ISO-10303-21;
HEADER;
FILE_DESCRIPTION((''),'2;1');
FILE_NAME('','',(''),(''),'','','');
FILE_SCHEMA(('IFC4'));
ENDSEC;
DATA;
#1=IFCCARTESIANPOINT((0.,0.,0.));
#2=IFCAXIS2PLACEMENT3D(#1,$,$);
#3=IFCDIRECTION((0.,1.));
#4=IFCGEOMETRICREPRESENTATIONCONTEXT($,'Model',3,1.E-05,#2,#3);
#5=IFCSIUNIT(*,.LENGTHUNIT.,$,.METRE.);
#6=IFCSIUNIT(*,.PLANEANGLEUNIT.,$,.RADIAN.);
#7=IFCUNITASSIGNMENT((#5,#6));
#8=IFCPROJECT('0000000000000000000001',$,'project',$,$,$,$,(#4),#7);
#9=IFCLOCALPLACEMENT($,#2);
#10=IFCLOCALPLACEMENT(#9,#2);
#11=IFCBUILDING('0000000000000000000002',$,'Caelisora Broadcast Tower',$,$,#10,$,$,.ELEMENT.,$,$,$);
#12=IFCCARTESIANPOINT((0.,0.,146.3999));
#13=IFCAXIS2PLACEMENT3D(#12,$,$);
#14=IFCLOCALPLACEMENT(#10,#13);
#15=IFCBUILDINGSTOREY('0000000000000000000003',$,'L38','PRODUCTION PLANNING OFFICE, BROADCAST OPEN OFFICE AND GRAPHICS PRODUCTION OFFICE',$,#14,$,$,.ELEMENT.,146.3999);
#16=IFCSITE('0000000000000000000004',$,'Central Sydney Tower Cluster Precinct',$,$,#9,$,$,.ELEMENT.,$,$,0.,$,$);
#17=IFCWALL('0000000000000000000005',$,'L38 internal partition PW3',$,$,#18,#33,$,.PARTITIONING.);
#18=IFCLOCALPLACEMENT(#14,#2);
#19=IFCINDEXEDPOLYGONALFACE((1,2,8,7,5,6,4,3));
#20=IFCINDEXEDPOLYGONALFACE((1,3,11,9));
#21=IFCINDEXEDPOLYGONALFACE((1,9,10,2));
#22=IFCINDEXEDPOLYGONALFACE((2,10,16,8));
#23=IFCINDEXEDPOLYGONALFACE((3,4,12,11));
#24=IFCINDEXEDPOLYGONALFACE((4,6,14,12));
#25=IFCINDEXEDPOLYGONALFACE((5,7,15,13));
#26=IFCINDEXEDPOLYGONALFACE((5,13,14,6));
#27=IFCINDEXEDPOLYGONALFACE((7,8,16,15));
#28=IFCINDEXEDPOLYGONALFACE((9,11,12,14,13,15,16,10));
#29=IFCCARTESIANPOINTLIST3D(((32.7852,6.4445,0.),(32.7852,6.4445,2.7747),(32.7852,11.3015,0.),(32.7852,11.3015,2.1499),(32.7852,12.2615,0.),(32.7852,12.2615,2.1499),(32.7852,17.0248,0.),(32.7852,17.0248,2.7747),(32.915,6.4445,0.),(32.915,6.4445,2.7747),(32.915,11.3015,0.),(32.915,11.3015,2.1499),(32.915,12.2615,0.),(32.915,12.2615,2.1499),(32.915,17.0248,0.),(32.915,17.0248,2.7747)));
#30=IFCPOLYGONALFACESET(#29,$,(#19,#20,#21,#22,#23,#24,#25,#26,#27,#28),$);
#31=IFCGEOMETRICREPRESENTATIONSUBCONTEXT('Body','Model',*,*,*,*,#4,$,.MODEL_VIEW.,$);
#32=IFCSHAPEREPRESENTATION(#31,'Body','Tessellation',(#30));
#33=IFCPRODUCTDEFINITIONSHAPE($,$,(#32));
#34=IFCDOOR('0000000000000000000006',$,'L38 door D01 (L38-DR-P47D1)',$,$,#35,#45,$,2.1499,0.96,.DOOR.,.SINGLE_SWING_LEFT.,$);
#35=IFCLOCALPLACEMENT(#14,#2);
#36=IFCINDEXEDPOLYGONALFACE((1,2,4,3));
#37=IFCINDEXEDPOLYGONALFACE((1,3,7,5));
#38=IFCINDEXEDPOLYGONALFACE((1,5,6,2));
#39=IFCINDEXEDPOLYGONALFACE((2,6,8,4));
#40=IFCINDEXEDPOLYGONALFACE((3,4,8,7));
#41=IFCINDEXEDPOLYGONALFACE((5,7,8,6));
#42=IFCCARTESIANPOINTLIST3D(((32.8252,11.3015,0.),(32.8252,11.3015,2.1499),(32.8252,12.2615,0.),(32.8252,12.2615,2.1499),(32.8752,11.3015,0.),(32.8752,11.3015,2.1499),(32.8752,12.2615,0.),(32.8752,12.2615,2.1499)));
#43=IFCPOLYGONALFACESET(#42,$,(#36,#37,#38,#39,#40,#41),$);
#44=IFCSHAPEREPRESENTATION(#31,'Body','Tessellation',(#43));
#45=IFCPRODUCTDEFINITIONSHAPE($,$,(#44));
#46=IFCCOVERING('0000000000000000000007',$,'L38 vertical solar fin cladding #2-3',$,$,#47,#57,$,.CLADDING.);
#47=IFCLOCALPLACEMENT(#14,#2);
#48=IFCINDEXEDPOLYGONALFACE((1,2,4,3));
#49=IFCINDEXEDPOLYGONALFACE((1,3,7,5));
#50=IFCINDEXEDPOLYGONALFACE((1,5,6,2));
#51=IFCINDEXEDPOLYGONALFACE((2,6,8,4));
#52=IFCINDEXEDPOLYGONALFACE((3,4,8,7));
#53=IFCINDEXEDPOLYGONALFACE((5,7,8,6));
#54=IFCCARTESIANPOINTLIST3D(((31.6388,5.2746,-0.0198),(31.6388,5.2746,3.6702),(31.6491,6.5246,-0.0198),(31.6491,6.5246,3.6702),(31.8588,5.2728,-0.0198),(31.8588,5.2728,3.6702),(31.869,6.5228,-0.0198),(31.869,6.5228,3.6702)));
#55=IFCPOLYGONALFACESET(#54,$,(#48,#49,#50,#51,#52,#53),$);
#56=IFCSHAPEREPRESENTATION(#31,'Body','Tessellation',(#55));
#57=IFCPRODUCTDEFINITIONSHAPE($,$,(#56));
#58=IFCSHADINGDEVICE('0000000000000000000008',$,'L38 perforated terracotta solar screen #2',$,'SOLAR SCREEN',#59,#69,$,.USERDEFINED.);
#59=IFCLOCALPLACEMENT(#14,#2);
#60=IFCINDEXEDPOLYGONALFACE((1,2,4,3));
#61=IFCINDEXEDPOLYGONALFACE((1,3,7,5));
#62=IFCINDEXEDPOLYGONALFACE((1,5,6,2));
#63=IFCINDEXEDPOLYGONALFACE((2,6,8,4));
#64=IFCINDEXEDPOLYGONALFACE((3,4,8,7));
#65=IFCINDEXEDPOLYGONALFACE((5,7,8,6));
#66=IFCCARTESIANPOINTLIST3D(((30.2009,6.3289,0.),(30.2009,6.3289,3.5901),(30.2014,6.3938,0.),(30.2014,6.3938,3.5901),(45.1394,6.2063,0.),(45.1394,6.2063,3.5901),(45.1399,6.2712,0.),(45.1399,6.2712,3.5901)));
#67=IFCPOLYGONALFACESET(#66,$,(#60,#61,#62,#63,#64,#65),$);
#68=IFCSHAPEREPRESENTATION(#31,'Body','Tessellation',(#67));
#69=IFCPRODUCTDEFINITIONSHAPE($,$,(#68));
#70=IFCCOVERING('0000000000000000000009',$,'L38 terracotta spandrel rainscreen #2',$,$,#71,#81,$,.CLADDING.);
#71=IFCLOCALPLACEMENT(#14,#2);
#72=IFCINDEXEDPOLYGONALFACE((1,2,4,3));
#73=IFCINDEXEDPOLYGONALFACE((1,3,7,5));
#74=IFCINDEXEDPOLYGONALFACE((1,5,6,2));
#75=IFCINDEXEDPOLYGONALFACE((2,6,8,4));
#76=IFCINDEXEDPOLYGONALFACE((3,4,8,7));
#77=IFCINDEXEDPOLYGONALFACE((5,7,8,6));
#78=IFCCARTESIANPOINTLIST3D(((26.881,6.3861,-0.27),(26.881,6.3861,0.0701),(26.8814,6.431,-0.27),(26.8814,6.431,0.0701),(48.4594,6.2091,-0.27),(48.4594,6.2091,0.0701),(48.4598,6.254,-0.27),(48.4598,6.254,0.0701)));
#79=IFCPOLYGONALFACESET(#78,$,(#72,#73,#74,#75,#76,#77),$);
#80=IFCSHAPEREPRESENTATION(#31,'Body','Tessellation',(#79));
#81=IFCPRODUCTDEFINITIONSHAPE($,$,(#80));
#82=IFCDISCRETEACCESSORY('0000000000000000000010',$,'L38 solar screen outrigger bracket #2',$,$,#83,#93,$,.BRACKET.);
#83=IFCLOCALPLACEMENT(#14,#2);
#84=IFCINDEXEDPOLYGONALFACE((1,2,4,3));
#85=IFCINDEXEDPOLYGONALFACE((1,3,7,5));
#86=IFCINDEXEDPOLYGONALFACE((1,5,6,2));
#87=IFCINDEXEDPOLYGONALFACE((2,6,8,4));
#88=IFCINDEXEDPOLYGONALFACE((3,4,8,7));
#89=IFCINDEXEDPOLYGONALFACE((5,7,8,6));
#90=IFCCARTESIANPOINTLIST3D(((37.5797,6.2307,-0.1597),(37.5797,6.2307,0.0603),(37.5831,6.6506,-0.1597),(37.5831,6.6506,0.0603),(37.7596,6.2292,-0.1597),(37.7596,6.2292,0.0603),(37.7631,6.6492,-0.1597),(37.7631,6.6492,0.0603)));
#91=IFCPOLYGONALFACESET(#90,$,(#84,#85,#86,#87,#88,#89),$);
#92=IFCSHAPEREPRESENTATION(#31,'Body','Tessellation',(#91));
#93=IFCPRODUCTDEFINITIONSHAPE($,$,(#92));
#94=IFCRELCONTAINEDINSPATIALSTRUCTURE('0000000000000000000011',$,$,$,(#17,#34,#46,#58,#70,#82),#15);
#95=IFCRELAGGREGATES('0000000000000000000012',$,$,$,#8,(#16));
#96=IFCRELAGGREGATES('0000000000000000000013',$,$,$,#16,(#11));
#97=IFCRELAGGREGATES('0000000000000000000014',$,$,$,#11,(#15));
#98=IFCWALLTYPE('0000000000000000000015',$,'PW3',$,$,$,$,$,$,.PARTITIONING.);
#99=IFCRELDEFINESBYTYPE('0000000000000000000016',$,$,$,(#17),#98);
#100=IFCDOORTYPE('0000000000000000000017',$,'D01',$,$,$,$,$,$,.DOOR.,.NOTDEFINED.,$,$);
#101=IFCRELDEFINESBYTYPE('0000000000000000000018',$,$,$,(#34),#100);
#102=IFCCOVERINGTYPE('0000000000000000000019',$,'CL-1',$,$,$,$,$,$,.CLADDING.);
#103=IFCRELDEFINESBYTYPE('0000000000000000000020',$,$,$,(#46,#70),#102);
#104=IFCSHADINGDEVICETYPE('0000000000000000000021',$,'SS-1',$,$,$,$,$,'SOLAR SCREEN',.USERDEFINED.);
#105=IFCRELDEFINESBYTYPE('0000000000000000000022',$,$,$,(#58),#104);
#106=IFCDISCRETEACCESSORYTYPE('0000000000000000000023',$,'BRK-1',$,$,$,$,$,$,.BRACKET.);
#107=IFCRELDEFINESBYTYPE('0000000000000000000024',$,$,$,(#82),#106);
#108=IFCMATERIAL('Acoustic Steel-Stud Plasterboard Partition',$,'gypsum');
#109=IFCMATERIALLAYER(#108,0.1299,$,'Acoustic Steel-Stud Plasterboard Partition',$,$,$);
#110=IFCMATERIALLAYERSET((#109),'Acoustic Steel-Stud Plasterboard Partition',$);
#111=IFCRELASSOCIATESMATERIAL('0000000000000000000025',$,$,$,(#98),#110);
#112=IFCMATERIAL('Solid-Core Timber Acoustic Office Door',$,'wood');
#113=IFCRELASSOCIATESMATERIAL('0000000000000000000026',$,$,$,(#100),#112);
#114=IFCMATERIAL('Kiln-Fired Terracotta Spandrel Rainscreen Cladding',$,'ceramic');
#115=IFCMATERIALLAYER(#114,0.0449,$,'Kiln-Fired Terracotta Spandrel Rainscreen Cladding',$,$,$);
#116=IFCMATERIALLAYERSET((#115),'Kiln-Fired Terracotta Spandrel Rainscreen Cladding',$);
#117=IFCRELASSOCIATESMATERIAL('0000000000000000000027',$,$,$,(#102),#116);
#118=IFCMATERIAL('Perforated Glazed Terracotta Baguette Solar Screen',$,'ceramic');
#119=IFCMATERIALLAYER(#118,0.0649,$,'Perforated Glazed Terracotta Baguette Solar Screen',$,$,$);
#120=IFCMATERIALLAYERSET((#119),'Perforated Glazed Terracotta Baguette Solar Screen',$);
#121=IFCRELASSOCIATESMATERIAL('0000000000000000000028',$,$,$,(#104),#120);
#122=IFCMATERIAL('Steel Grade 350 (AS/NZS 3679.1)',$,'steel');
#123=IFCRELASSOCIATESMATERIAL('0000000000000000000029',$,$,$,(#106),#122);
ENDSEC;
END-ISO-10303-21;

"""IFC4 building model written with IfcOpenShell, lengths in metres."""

from ifc_helpers import new_model, si_unit, direction, frame, frame_2d, origin, origin_2d, place, context, subcontext, project, spatial, rectangle, extrude, source, transform, mapped, material, layer, layer_set, type_object, type_shapes, element, fill, save


model = new_model("IFC4")

# Units and contexts
model_context = context("Model", 3, precision=1e-05, world=origin(), true_north=direction((0.0, 1.0)))
body_context = subcontext(model_context, "Body", "Model", "MODEL_VIEW")
ifc_project = project(units=[si_unit("LENGTHUNIT", "METRE"), si_unit("PLANEANGLEUNIT", "RADIAN")], contexts=[model_context])

# Site, building, storey
site_placement = place(None, origin())
site = spatial("IfcSite", under=ifc_project, at=site_placement, Name="Central Sydney Tower Cluster Precinct", CompositionType="ELEMENT", RefElevation=0.0)
building_placement = place(site_placement, origin())
building = spatial("IfcBuilding", under=site, at=building_placement, Name="Caelisora Broadcast Tower", CompositionType="ELEMENT")
storey_placement = place(building_placement, frame((0.0, 0.0, 146.3999)))
storey = spatial("IfcBuildingStorey", under=building, at=storey_placement, Name="L38", Description="PRODUCTION PLANNING OFFICE, BROADCAST OPEN OFFICE AND GRAPHICS PRODUCTION OFFICE", CompositionType="ELEMENT", Elevation=146.3999)

# Shared definitions
ifc_material_1 = material(Name="Steel Grade 350 (AS/NZS 3679.1)", Category="steel")

# Wall, opening, door
ifc_material_2 = material(Name="Acoustic Steel-Stud Plasterboard Partition", Category="gypsum")
ifc_layer_1 = layer(ifc_material_2, 0.1299, Name="Acoustic Steel-Stud Plasterboard Partition")
ifc_layer_set_1 = layer_set([ifc_layer_1], Name="Acoustic Steel-Stud Plasterboard Partition")
wall_type = type_object("IfcWallType", Name="PW3", PredefinedType="PARTITIONING", material=ifc_layer_set_1)
ifc_material_3 = material(Name="Solid-Core Timber Acoustic Office Door", Category="wood")
door_type = type_object("IfcDoorType", Name="D01", OperationType="NOTDEFINED", PredefinedType="DOOR", material=ifc_material_3)
wall_1_placement = place(storey_placement, frame((32.8501, 6.4446, 0.0), z_axis=(0.0, 0.0, 1.0), x_axis=(0.0, 1.0, 0.0)))
wall_1 = element("IfcWall", 1, at=wall_1_placement, inside=storey, type_object=wall_type, Name="L38 internal partition PW3", PredefinedType="PARTITIONING", context=body_context, shape_type="SweptSolid", body=[
    extrude(rectangle(XDim=10.5803, YDim=0.1299, at=frame_2d((5.29, 0.0))), origin(), (0.0, 0.0, 1.0), 2.7747),
])
opening_1_placement = place(wall_1_placement, frame((4.8569, 0.0, 0.0)))
opening_1 = element("IfcOpeningElement", 2, at=opening_1_placement, cuts=wall_1, PredefinedType="OPENING", context=body_context, shape_type="SweptSolid", body=[
    extrude(rectangle(XDim=0.96, YDim=2.1499, at=frame_2d((0.48, 1.075))), frame((0.0, 0.0769, 0.0), z_axis=(0.0, -1.0, 0.0), x_axis=(1.0, 0.0, 0.0)), (0.0, 0.0, 1.0), 0.1538),
])
door_1_placement = place(opening_1_placement, origin())
door_1 = element("IfcDoor", 3, at=door_1_placement, inside=storey, type_object=door_type, Name="L38 door D01 (L38-DR-P47D1)", OperationType="SINGLE_SWING_LEFT", OverallHeight=2.1499, OverallWidth=0.96, PredefinedType="DOOR", context=body_context, shape_type="SweptSolid", body=[
    extrude(rectangle(XDim=0.96, YDim=2.1499, at=frame_2d((0.48, 1.075))), frame((0.0, 0.0249, 0.0), z_axis=(0.0, -1.0, 0.0), x_axis=(1.0, 0.0, 0.0)), (0.0, 0.0, 1.0), 0.05),
])
fill(opening_1, door_1)

# Covering
ifc_material_4 = material(Name="Kiln-Fired Terracotta Spandrel Rainscreen Cladding", Category="ceramic")
ifc_layer_2 = layer(ifc_material_4, 0.0449, Name="Kiln-Fired Terracotta Spandrel Rainscreen Cladding")
ifc_layer_set_2 = layer_set([ifc_layer_2], Name="Kiln-Fired Terracotta Spandrel Rainscreen Cladding")
covering_type = type_object("IfcCoveringType", Name="CL-1", PredefinedType="CLADDING", material=ifc_layer_set_2)
shared_shape_1 = source(origin(), body_context, "Body", "SweptSolid", [
    extrude(rectangle(XDim=0.22, YDim=1.25, at=origin_2d()), origin(), (0.0, 0.0, 1.0), 3.6899),
])
covering_1_placement = place(storey_placement, frame((31.7539, 5.8987, -0.0198), z_axis=(0.0, 0.0, 1.0), x_axis=(-0.999966, 0.008203, 0.0)))
element("IfcCovering", 4, at=covering_1_placement, inside=storey, type_object=covering_type, Name="L38 vertical solar fin cladding #2-3", PredefinedType="CLADDING", context=body_context, shape_type="MappedRepresentation", body=[
    mapped(shared_shape_1, transform((0.0, 0.0, 0.0), scale=1.0)),
])

# Shading device
ifc_material_5 = material(Name="Perforated Glazed Terracotta Baguette Solar Screen", Category="ceramic")
ifc_layer_3 = layer(ifc_material_5, 0.0649, Name="Perforated Glazed Terracotta Baguette Solar Screen")
ifc_layer_set_3 = layer_set([ifc_layer_3], Name="Perforated Glazed Terracotta Baguette Solar Screen")
shading_device_type = type_object("IfcShadingDeviceType", Name="SS-1", ElementType="SOLAR SCREEN", PredefinedType="USERDEFINED", material=ifc_layer_set_3)
shared_shape_2 = source(origin(), body_context, "Body", "SweptSolid", [
    extrude(rectangle(XDim=14.939, YDim=0.0649, at=origin_2d()), origin(), (0.0, 0.0, 1.0), 3.5901),
])
type_shapes(shading_device_type, [shared_shape_2])
shading_device_placement = place(storey_placement, frame((37.6704, 6.3, 0.0), z_axis=(0.0, 0.0, 1.0), x_axis=(0.999966, -0.008203, 0.0)))
element("IfcShadingDevice", 5, at=shading_device_placement, inside=storey, type_object=shading_device_type, Name="L38 perforated terracotta solar screen #2", ObjectType="SOLAR SCREEN", PredefinedType="USERDEFINED", context=body_context, shape_type="MappedRepresentation", body=[
    mapped(shared_shape_2, transform((0.0, 0.0, 0.0), scale=1.0)),
])

# Covering
shared_shape_3 = source(origin(), body_context, "Body", "SweptSolid", [
    extrude(rectangle(XDim=21.5791, YDim=0.0449, at=origin_2d()), origin(), (0.0, 0.0, 1.0), 0.3401),
])
type_shapes(covering_type, [shared_shape_1, shared_shape_3])
covering_2_placement = place(storey_placement, frame((37.6704, 6.3201, -0.27), z_axis=(0.0, 0.0, 1.0), x_axis=(0.999966, -0.008203, 0.0)))
element("IfcCovering", 6, at=covering_2_placement, inside=storey, type_object=covering_type, Name="L38 terracotta spandrel rainscreen #2", PredefinedType="CLADDING", context=body_context, shape_type="MappedRepresentation", body=[
    mapped(shared_shape_3, transform((0.0, 0.0, 0.0), scale=1.0)),
])

# Discrete accessory
discrete_accessory_type = type_object("IfcDiscreteAccessoryType", Name="BRK-1", PredefinedType="BRACKET", material=ifc_material_1)
shared_shape_4 = source(origin(), body_context, "Body", "SweptSolid", [
    extrude(rectangle(XDim=0.1799, YDim=0.4199, at=origin_2d()), origin(), (0.0, 0.0, 1.0), 0.22),
])
type_shapes(discrete_accessory_type, [shared_shape_4])
discrete_accessory_placement = place(storey_placement, frame((37.6714, 6.4399, -0.1597), z_axis=(0.0, 0.0, 1.0), x_axis=(0.999966, -0.008203, 0.0)))
element("IfcDiscreteAccessory", 7, at=discrete_accessory_placement, inside=storey, type_object=discrete_accessory_type, Name="L38 solar screen outrigger bracket #2", PredefinedType="BRACKET", context=body_context, shape_type="MappedRepresentation", body=[
    mapped(shared_shape_4, transform((0.0, 0.0, 0.0), scale=1.0)),
])

save(model, "model.ifc")
